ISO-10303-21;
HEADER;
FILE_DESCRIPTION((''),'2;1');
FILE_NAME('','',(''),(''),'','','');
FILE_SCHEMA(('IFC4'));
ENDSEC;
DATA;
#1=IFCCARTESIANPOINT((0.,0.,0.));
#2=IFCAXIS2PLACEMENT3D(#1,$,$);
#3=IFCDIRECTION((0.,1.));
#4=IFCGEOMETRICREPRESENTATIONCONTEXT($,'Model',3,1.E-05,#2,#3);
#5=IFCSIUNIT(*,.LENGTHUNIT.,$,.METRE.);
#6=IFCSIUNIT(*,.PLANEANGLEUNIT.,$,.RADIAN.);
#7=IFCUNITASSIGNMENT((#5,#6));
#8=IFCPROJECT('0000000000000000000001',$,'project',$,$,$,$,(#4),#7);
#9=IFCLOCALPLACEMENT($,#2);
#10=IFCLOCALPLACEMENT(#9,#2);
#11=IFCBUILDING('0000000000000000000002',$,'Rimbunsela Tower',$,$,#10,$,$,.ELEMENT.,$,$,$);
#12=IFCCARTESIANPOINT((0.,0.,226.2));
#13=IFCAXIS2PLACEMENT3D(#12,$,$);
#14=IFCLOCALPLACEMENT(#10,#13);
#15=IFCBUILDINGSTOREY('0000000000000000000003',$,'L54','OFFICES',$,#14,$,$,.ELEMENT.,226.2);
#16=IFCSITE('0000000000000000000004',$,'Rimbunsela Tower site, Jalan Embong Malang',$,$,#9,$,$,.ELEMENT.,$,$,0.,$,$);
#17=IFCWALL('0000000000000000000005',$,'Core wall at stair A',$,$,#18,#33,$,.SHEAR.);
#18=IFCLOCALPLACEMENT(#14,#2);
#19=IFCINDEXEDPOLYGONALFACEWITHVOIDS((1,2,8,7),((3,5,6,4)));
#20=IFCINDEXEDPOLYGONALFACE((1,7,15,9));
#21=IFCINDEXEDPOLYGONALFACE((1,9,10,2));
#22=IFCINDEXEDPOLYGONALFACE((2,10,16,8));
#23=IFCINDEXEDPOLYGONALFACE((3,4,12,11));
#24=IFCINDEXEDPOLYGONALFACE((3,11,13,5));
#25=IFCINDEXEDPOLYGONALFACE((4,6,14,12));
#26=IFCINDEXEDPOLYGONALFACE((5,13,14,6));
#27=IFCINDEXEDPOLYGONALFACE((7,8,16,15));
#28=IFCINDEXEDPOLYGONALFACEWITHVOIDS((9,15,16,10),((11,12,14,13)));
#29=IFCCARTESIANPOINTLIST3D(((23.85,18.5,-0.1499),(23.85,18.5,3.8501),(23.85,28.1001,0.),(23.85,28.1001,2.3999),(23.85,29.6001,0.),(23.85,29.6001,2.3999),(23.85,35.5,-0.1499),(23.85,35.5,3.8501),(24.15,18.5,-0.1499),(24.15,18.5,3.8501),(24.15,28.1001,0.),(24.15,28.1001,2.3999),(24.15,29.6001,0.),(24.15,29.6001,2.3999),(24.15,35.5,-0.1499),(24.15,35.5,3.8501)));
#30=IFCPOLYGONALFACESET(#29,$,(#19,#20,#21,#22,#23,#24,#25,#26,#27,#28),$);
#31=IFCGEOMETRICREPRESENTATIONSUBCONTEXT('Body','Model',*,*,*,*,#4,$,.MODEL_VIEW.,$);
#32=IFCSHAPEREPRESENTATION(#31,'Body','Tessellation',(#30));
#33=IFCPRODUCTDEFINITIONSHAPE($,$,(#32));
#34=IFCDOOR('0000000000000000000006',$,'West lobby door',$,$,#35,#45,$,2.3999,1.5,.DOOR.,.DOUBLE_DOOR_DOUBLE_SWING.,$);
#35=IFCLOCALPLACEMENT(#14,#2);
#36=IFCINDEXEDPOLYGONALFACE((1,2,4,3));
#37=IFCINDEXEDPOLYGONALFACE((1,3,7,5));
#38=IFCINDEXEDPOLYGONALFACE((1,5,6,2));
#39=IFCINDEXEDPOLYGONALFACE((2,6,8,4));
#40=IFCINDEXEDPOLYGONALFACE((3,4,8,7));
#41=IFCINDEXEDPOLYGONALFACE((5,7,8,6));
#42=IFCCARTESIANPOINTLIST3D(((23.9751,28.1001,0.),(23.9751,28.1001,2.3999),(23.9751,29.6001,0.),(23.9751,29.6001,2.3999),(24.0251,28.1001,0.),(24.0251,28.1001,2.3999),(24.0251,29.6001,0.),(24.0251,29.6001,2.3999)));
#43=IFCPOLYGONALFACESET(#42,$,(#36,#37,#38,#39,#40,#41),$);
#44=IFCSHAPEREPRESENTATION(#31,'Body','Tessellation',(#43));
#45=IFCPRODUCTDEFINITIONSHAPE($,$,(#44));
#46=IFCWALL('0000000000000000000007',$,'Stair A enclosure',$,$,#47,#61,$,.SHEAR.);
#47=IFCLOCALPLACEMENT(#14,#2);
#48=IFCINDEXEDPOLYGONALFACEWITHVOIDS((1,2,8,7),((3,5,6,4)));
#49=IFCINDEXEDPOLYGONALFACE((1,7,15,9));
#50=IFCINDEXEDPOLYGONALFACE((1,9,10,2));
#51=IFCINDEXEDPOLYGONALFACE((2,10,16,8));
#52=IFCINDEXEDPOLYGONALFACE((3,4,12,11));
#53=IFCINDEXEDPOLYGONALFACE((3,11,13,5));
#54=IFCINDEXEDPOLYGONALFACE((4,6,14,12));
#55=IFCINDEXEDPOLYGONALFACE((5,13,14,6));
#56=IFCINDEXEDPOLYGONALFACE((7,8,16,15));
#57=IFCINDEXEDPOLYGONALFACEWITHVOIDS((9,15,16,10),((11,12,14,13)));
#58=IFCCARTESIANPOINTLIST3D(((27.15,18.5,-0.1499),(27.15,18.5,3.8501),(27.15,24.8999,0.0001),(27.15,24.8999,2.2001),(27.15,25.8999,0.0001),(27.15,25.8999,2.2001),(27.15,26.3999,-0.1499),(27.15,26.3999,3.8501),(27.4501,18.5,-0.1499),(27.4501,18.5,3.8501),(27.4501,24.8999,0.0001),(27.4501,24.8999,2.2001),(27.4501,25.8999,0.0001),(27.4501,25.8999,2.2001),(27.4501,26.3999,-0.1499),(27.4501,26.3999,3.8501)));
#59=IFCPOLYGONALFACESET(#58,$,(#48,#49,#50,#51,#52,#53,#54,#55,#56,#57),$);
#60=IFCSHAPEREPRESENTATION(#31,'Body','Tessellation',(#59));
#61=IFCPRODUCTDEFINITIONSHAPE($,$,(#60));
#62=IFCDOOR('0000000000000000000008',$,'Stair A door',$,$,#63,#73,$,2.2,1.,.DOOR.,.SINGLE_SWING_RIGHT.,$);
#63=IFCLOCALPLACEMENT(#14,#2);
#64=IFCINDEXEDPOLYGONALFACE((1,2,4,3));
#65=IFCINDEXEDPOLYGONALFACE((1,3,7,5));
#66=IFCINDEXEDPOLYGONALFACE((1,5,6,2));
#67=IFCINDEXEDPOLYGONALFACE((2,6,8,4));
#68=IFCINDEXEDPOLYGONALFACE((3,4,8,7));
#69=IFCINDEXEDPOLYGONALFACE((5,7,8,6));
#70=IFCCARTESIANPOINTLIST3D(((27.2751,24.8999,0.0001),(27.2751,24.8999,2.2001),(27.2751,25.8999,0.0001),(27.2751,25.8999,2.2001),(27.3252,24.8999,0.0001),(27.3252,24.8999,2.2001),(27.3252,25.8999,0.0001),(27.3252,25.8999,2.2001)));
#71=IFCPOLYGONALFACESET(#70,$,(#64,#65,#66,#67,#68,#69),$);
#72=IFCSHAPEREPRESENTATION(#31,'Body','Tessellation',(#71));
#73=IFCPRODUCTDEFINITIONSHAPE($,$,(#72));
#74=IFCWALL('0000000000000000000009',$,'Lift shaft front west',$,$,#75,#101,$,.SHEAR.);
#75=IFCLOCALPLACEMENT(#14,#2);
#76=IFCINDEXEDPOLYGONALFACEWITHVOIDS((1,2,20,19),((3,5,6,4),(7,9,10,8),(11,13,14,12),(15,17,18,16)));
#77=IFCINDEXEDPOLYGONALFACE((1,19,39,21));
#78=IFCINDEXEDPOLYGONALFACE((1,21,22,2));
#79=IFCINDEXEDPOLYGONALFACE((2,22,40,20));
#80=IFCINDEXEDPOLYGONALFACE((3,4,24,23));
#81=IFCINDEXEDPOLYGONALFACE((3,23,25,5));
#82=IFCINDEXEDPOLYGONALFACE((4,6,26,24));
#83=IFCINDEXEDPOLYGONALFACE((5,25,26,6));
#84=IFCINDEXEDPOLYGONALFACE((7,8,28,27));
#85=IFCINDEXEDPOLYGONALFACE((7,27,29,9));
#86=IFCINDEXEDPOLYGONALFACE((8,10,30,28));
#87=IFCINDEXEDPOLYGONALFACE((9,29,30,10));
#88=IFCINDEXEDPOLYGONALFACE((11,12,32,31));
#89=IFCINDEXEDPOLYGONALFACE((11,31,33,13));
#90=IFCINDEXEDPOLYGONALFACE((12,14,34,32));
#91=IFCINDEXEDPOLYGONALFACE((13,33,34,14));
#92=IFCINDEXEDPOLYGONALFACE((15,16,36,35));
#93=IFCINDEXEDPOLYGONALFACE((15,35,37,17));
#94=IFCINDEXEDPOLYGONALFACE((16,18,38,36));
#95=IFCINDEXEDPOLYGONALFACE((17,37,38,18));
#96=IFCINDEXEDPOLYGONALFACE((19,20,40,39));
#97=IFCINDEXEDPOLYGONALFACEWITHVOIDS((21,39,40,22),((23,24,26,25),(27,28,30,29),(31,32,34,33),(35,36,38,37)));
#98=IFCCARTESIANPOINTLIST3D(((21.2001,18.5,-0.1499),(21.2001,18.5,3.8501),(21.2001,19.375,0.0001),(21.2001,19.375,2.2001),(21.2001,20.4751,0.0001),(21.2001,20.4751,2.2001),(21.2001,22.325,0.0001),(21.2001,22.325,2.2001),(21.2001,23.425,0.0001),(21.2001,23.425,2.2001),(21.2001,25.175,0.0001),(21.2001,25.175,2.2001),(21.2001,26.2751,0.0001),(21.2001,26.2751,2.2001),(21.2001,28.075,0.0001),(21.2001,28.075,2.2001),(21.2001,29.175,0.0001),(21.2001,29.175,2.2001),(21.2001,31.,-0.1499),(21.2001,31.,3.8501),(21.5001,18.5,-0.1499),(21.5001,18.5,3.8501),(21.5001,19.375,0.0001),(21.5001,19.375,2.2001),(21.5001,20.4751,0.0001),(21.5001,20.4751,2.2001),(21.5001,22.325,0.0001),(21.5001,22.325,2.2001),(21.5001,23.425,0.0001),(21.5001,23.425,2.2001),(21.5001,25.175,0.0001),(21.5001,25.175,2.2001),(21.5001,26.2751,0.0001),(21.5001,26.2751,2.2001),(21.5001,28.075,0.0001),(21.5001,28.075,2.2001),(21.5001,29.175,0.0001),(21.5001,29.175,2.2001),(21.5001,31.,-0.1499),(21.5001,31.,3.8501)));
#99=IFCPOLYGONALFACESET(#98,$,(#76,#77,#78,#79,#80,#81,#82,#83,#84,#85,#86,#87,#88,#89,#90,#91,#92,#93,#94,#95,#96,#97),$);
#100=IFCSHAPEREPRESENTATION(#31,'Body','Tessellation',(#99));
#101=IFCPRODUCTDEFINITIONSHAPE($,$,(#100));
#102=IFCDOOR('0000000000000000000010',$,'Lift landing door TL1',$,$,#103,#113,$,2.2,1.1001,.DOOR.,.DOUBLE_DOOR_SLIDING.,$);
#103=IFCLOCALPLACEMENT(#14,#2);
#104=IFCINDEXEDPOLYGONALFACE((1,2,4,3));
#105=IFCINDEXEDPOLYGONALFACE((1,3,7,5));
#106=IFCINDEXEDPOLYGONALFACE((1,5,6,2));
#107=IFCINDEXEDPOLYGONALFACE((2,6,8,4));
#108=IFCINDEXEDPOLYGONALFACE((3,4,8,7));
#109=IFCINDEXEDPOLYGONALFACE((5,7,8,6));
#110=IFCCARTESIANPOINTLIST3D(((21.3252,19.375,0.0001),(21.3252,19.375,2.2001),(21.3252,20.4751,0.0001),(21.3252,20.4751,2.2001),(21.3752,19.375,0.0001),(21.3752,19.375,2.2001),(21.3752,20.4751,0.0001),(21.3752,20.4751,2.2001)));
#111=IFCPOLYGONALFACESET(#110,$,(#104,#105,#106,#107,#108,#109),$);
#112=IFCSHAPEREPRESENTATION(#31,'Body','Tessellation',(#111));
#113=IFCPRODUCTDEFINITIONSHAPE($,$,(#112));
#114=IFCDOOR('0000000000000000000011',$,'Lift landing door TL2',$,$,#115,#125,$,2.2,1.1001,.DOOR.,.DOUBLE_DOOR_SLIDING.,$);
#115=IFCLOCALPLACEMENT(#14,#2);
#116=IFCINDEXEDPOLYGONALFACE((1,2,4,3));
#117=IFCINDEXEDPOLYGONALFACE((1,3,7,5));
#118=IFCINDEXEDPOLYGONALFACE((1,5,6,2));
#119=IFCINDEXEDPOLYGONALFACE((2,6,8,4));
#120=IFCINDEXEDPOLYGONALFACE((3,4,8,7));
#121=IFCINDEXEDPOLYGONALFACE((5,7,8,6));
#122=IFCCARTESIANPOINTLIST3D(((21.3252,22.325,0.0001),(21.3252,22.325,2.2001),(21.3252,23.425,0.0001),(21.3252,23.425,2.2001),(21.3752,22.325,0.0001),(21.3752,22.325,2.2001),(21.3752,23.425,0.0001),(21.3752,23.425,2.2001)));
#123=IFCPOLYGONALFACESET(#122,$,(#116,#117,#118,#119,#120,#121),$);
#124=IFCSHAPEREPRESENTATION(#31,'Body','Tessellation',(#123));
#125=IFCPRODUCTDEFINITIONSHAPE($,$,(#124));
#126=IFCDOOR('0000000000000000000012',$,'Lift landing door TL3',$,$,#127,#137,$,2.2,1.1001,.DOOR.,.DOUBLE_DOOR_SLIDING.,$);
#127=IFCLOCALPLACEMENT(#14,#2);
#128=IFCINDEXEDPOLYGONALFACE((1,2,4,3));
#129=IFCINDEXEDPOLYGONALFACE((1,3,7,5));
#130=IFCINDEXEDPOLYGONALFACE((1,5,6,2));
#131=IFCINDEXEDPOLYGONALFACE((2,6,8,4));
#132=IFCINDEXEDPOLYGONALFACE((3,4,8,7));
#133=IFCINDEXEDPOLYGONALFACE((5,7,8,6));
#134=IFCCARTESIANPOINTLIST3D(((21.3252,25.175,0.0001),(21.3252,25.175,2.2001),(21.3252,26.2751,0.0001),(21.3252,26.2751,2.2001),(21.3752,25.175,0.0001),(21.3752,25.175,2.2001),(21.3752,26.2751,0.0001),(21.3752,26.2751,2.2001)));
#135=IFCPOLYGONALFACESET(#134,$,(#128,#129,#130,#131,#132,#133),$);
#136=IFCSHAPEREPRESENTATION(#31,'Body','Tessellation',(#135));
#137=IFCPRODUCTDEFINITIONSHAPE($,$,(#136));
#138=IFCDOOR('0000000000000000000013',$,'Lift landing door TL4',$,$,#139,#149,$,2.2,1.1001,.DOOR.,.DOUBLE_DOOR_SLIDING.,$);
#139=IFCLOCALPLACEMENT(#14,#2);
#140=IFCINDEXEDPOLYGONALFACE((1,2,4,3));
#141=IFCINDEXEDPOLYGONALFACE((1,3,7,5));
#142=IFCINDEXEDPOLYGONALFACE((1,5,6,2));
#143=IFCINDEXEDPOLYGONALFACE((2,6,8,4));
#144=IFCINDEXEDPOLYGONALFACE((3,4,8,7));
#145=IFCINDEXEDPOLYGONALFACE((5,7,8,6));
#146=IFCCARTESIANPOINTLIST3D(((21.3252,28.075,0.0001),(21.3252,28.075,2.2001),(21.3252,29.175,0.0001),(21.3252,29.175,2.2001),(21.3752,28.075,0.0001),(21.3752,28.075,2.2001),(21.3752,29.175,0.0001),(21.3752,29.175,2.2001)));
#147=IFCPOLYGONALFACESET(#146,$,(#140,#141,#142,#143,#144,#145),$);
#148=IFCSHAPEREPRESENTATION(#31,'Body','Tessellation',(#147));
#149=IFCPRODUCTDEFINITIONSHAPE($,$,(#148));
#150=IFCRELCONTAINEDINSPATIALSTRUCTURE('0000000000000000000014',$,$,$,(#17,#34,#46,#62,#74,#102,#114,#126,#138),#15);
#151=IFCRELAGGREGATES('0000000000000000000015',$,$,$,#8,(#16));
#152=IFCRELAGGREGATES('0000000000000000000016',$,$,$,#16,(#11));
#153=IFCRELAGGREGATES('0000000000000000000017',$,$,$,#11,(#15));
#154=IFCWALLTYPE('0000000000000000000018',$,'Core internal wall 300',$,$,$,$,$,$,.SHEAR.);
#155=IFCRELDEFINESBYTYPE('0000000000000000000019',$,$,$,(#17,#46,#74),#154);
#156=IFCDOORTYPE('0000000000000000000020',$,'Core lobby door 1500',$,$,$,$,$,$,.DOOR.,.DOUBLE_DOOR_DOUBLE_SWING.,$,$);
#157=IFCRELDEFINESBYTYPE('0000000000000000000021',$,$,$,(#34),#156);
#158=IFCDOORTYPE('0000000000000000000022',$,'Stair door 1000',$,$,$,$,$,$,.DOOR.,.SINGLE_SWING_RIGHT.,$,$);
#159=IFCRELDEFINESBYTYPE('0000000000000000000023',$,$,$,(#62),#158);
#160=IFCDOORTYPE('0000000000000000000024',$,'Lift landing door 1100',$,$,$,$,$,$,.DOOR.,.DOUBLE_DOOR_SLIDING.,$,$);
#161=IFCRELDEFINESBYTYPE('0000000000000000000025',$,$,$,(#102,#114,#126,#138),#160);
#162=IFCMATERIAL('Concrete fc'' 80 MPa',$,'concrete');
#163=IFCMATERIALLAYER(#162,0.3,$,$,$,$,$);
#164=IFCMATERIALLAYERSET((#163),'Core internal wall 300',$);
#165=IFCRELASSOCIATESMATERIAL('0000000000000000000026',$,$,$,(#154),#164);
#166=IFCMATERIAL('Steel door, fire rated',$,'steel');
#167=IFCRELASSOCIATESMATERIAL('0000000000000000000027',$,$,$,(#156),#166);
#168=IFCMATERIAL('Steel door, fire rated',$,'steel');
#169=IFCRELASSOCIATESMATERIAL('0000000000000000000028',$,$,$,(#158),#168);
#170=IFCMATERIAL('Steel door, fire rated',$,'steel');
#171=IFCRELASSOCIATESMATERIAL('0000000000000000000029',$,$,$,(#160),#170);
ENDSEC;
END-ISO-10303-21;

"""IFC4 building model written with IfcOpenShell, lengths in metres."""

from ifc_helpers import new_model, si_unit, direction, frame, frame_2d, origin, place, context, subcontext, project, spatial, rectangle, extrude, material, layer, layer_set, type_object, element, fill, save


model = new_model("IFC4")

# Units and contexts
model_context = context("Model", 3, precision=1e-05, world=origin(), true_north=direction((0.0, 1.0)))
body_context = subcontext(model_context, "Body", "Model", "MODEL_VIEW")
ifc_project = project(units=[si_unit("LENGTHUNIT", "METRE"), si_unit("PLANEANGLEUNIT", "RADIAN")], contexts=[model_context])

# Site, building, storey
site_placement = place(None, origin())
site = spatial("IfcSite", under=ifc_project, at=site_placement, Name="Rimbunsela Tower site, Jalan Embong Malang", CompositionType="ELEMENT", RefElevation=0.0)
building_placement = place(site_placement, origin())
building = spatial("IfcBuilding", under=site, at=building_placement, Name="Rimbunsela Tower", CompositionType="ELEMENT")
storey_placement = place(building_placement, frame((0.0, 0.0, 226.2)))
storey = spatial("IfcBuildingStorey", under=building, at=storey_placement, Name="L54", Description="OFFICES", CompositionType="ELEMENT", Elevation=226.2)

# Walls, openings, doors
ifc_material_1 = material(Name="Concrete fc' 80 MPa", Category="concrete")
ifc_layer_1 = layer(ifc_material_1, 0.3)
ifc_layer_set_1 = layer_set([ifc_layer_1], Name="Core internal wall 300")
wall_type_1 = type_object("IfcWallType", Name="Core internal wall 300", PredefinedType="SHEAR", material=ifc_layer_set_1)
wall_1_placement = place(storey_placement, frame((24.0, 18.5, -0.1499), z_axis=(0.0, 0.0, 1.0), x_axis=(0.0, 1.0, 0.0)))
wall_1 = element("IfcWall", 1, at=wall_1_placement, inside=storey, type_object=wall_type_1, Name="Core wall at stair A", PredefinedType="SHEAR", context=body_context, shape_type="SweptSolid", body=[
    extrude(rectangle(XDim=17.0, YDim=0.3, at=frame_2d((8.5, 0.0))), origin(), (0.0, 0.0, 1.0), 4.0),
])
opening_1_placement = place(wall_1_placement, frame((9.6001, 0.0, 0.1499)))
opening_1 = element("IfcOpeningElement", 2, at=opening_1_placement, cuts=wall_1, PredefinedType="OPENING", context=body_context, shape_type="SweptSolid", body=[
    extrude(rectangle(XDim=1.5, YDim=2.3999, at=frame_2d((0.75, 1.2))), frame((0.0, 0.1599, 0.0), z_axis=(0.0, -1.0, 0.0), x_axis=(1.0, 0.0, 0.0)), (0.0, 0.0, 1.0), 0.3201),
])
ifc_material_2 = material(Name="Steel door, fire rated", Category="steel")
door_type_1 = type_object("IfcDoorType", Name="Core lobby door 1500", OperationType="DOUBLE_DOOR_DOUBLE_SWING", PredefinedType="DOOR", material=ifc_material_2)
door_1_placement = place(opening_1_placement, origin())
door_1 = element("IfcDoor", 3, at=door_1_placement, inside=storey, type_object=door_type_1, Name="West lobby door", OperationType="DOUBLE_DOOR_DOUBLE_SWING", OverallHeight=2.3999, OverallWidth=1.5, PredefinedType="DOOR", context=body_context, shape_type="SweptSolid", body=[
    extrude(rectangle(XDim=1.5, YDim=2.3999, at=frame_2d((0.75, 1.2))), frame((0.0, 0.0249, 0.0), z_axis=(0.0, -1.0, 0.0), x_axis=(1.0, 0.0, 0.0)), (0.0, 0.0, 1.0), 0.05),
])
fill(opening_1, door_1)
wall_2_placement = place(storey_placement, frame((27.3, 18.5, -0.1499), z_axis=(0.0, 0.0, 1.0), x_axis=(0.0, 1.0, 0.0)))
wall_2 = element("IfcWall", 4, at=wall_2_placement, inside=storey, type_object=wall_type_1, Name="Stair A enclosure", PredefinedType="SHEAR", context=body_context, shape_type="SweptSolid", body=[
    extrude(rectangle(XDim=7.8999, YDim=0.3, at=frame_2d((3.95, 0.0))), origin(), (0.0, 0.0, 1.0), 4.0),
])
opening_2_placement = place(wall_2_placement, frame((6.3999, 0.0, 0.1499)))
opening_2 = element("IfcOpeningElement", 5, at=opening_2_placement, cuts=wall_2, PredefinedType="OPENING", context=body_context, shape_type="SweptSolid", body=[
    extrude(rectangle(XDim=1.0, YDim=2.2, at=frame_2d((0.5, 1.1001))), frame((0.0, 0.1599, 0.0), z_axis=(0.0, -1.0, 0.0), x_axis=(1.0, 0.0, 0.0)), (0.0, 0.0, 1.0), 0.3201),
])
ifc_material_3 = material(Name="Steel door, fire rated", Category="steel")
door_type_2 = type_object("IfcDoorType", Name="Stair door 1000", OperationType="SINGLE_SWING_RIGHT", PredefinedType="DOOR", material=ifc_material_3)
door_2_placement = place(opening_2_placement, origin())
door_2 = element("IfcDoor", 6, at=door_2_placement, inside=storey, type_object=door_type_2, Name="Stair A door", OperationType="SINGLE_SWING_RIGHT", OverallHeight=2.2, OverallWidth=1.0, PredefinedType="DOOR", context=body_context, shape_type="SweptSolid", body=[
    extrude(rectangle(XDim=1.0, YDim=2.2, at=frame_2d((0.5, 1.1001))), frame((0.0, 0.0249, 0.0), z_axis=(0.0, -1.0, 0.0), x_axis=(1.0, 0.0, 0.0)), (0.0, 0.0, 1.0), 0.05),
])
fill(opening_2, door_2)

# Wall, openings, doors
wall_3_placement = place(storey_placement, frame((21.3501, 18.5, -0.1499), z_axis=(0.0, 0.0, 1.0), x_axis=(0.0, 1.0, 0.0)))
wall_3 = element("IfcWall", 7, at=wall_3_placement, inside=storey, type_object=wall_type_1, Name="Lift shaft front west", PredefinedType="SHEAR", context=body_context, shape_type="SweptSolid", body=[
    extrude(rectangle(XDim=12.5, YDim=0.3, at=frame_2d((6.25, 0.0))), origin(), (0.0, 0.0, 1.0), 4.0),
])
opening_3_placement = place(wall_3_placement, frame((0.875, 0.0, 0.1499)))
opening_3 = element("IfcOpeningElement", 8, at=opening_3_placement, cuts=wall_3, PredefinedType="OPENING", context=body_context, shape_type="SweptSolid", body=[
    extrude(rectangle(XDim=1.1001, YDim=2.2, at=frame_2d((0.55, 1.1001))), frame((0.0, 0.1599, 0.0), z_axis=(0.0, -1.0, 0.0), x_axis=(1.0, 0.0, 0.0)), (0.0, 0.0, 1.0), 0.3201),
])
opening_4_placement = place(wall_3_placement, frame((3.825, 0.0, 0.1499)))
opening_4 = element("IfcOpeningElement", 9, at=opening_4_placement, cuts=wall_3, PredefinedType="OPENING", context=body_context, shape_type="SweptSolid", body=[
    extrude(rectangle(XDim=1.1001, YDim=2.2, at=frame_2d((0.55, 1.1001))), frame((0.0, 0.1599, 0.0), z_axis=(0.0, -1.0, 0.0), x_axis=(1.0, 0.0, 0.0)), (0.0, 0.0, 1.0), 0.3201),
])
opening_5_placement = place(wall_3_placement, frame((6.675, 0.0, 0.1499)))
opening_5 = element("IfcOpeningElement", 10, at=opening_5_placement, cuts=wall_3, PredefinedType="OPENING", context=body_context, shape_type="SweptSolid", body=[
    extrude(rectangle(XDim=1.1001, YDim=2.2, at=frame_2d((0.55, 1.1001))), frame((0.0, 0.1599, 0.0), z_axis=(0.0, -1.0, 0.0), x_axis=(1.0, 0.0, 0.0)), (0.0, 0.0, 1.0), 0.3201),
])
opening_6_placement = place(wall_3_placement, frame((9.575, 0.0, 0.1499)))
opening_6 = element("IfcOpeningElement", 11, at=opening_6_placement, cuts=wall_3, PredefinedType="OPENING", context=body_context, shape_type="SweptSolid", body=[
    extrude(rectangle(XDim=1.1001, YDim=2.2, at=frame_2d((0.55, 1.1001))), frame((0.0, 0.1599, 0.0), z_axis=(0.0, -1.0, 0.0), x_axis=(1.0, 0.0, 0.0)), (0.0, 0.0, 1.0), 0.3201),
])
ifc_material_4 = material(Name="Steel door, fire rated", Category="steel")
door_type_3 = type_object("IfcDoorType", Name="Lift landing door 1100", OperationType="DOUBLE_DOOR_SLIDING", PredefinedType="DOOR", material=ifc_material_4)
door_3_placement = place(opening_3_placement, origin())
door_3 = element("IfcDoor", 12, at=door_3_placement, inside=storey, type_object=door_type_3, Name="Lift landing door TL1", OperationType="DOUBLE_DOOR_SLIDING", OverallHeight=2.2, OverallWidth=1.1001, PredefinedType="DOOR", context=body_context, shape_type="SweptSolid", body=[
    extrude(rectangle(XDim=1.1001, YDim=2.2, at=frame_2d((0.55, 1.1001))), frame((0.0, 0.0249, 0.0), z_axis=(0.0, -1.0, 0.0), x_axis=(1.0, 0.0, 0.0)), (0.0, 0.0, 1.0), 0.05),
])
fill(opening_3, door_3)
door_4_placement = place(opening_4_placement, origin())
door_4 = element("IfcDoor", 13, at=door_4_placement, inside=storey, type_object=door_type_3, Name="Lift landing door TL2", OperationType="DOUBLE_DOOR_SLIDING", OverallHeight=2.2, OverallWidth=1.1001, PredefinedType="DOOR", context=body_context, shape_type="SweptSolid", body=[
    extrude(rectangle(XDim=1.1001, YDim=2.2, at=frame_2d((0.55, 1.1001))), frame((0.0, 0.0249, 0.0), z_axis=(0.0, -1.0, 0.0), x_axis=(1.0, 0.0, 0.0)), (0.0, 0.0, 1.0), 0.05),
])
fill(opening_4, door_4)
door_5_placement = place(opening_5_placement, origin())
door_5 = element("IfcDoor", 14, at=door_5_placement, inside=storey, type_object=door_type_3, Name="Lift landing door TL3", OperationType="DOUBLE_DOOR_SLIDING", OverallHeight=2.2, OverallWidth=1.1001, PredefinedType="DOOR", context=body_context, shape_type="SweptSolid", body=[
    extrude(rectangle(XDim=1.1001, YDim=2.2, at=frame_2d((0.55, 1.1001))), frame((0.0, 0.0249, 0.0), z_axis=(0.0, -1.0, 0.0), x_axis=(1.0, 0.0, 0.0)), (0.0, 0.0, 1.0), 0.05),
])
fill(opening_5, door_5)
door_6_placement = place(opening_6_placement, origin())
door_6 = element("IfcDoor", 15, at=door_6_placement, inside=storey, type_object=door_type_3, Name="Lift landing door TL4", OperationType="DOUBLE_DOOR_SLIDING", OverallHeight=2.2, OverallWidth=1.1001, PredefinedType="DOOR", context=body_context, shape_type="SweptSolid", body=[
    extrude(rectangle(XDim=1.1001, YDim=2.2, at=frame_2d((0.55, 1.1001))), frame((0.0, 0.0249, 0.0), z_axis=(0.0, -1.0, 0.0), x_axis=(1.0, 0.0, 0.0)), (0.0, 0.0, 1.0), 0.05),
])
fill(opening_6, door_6)

save(model, "model.ifc")
